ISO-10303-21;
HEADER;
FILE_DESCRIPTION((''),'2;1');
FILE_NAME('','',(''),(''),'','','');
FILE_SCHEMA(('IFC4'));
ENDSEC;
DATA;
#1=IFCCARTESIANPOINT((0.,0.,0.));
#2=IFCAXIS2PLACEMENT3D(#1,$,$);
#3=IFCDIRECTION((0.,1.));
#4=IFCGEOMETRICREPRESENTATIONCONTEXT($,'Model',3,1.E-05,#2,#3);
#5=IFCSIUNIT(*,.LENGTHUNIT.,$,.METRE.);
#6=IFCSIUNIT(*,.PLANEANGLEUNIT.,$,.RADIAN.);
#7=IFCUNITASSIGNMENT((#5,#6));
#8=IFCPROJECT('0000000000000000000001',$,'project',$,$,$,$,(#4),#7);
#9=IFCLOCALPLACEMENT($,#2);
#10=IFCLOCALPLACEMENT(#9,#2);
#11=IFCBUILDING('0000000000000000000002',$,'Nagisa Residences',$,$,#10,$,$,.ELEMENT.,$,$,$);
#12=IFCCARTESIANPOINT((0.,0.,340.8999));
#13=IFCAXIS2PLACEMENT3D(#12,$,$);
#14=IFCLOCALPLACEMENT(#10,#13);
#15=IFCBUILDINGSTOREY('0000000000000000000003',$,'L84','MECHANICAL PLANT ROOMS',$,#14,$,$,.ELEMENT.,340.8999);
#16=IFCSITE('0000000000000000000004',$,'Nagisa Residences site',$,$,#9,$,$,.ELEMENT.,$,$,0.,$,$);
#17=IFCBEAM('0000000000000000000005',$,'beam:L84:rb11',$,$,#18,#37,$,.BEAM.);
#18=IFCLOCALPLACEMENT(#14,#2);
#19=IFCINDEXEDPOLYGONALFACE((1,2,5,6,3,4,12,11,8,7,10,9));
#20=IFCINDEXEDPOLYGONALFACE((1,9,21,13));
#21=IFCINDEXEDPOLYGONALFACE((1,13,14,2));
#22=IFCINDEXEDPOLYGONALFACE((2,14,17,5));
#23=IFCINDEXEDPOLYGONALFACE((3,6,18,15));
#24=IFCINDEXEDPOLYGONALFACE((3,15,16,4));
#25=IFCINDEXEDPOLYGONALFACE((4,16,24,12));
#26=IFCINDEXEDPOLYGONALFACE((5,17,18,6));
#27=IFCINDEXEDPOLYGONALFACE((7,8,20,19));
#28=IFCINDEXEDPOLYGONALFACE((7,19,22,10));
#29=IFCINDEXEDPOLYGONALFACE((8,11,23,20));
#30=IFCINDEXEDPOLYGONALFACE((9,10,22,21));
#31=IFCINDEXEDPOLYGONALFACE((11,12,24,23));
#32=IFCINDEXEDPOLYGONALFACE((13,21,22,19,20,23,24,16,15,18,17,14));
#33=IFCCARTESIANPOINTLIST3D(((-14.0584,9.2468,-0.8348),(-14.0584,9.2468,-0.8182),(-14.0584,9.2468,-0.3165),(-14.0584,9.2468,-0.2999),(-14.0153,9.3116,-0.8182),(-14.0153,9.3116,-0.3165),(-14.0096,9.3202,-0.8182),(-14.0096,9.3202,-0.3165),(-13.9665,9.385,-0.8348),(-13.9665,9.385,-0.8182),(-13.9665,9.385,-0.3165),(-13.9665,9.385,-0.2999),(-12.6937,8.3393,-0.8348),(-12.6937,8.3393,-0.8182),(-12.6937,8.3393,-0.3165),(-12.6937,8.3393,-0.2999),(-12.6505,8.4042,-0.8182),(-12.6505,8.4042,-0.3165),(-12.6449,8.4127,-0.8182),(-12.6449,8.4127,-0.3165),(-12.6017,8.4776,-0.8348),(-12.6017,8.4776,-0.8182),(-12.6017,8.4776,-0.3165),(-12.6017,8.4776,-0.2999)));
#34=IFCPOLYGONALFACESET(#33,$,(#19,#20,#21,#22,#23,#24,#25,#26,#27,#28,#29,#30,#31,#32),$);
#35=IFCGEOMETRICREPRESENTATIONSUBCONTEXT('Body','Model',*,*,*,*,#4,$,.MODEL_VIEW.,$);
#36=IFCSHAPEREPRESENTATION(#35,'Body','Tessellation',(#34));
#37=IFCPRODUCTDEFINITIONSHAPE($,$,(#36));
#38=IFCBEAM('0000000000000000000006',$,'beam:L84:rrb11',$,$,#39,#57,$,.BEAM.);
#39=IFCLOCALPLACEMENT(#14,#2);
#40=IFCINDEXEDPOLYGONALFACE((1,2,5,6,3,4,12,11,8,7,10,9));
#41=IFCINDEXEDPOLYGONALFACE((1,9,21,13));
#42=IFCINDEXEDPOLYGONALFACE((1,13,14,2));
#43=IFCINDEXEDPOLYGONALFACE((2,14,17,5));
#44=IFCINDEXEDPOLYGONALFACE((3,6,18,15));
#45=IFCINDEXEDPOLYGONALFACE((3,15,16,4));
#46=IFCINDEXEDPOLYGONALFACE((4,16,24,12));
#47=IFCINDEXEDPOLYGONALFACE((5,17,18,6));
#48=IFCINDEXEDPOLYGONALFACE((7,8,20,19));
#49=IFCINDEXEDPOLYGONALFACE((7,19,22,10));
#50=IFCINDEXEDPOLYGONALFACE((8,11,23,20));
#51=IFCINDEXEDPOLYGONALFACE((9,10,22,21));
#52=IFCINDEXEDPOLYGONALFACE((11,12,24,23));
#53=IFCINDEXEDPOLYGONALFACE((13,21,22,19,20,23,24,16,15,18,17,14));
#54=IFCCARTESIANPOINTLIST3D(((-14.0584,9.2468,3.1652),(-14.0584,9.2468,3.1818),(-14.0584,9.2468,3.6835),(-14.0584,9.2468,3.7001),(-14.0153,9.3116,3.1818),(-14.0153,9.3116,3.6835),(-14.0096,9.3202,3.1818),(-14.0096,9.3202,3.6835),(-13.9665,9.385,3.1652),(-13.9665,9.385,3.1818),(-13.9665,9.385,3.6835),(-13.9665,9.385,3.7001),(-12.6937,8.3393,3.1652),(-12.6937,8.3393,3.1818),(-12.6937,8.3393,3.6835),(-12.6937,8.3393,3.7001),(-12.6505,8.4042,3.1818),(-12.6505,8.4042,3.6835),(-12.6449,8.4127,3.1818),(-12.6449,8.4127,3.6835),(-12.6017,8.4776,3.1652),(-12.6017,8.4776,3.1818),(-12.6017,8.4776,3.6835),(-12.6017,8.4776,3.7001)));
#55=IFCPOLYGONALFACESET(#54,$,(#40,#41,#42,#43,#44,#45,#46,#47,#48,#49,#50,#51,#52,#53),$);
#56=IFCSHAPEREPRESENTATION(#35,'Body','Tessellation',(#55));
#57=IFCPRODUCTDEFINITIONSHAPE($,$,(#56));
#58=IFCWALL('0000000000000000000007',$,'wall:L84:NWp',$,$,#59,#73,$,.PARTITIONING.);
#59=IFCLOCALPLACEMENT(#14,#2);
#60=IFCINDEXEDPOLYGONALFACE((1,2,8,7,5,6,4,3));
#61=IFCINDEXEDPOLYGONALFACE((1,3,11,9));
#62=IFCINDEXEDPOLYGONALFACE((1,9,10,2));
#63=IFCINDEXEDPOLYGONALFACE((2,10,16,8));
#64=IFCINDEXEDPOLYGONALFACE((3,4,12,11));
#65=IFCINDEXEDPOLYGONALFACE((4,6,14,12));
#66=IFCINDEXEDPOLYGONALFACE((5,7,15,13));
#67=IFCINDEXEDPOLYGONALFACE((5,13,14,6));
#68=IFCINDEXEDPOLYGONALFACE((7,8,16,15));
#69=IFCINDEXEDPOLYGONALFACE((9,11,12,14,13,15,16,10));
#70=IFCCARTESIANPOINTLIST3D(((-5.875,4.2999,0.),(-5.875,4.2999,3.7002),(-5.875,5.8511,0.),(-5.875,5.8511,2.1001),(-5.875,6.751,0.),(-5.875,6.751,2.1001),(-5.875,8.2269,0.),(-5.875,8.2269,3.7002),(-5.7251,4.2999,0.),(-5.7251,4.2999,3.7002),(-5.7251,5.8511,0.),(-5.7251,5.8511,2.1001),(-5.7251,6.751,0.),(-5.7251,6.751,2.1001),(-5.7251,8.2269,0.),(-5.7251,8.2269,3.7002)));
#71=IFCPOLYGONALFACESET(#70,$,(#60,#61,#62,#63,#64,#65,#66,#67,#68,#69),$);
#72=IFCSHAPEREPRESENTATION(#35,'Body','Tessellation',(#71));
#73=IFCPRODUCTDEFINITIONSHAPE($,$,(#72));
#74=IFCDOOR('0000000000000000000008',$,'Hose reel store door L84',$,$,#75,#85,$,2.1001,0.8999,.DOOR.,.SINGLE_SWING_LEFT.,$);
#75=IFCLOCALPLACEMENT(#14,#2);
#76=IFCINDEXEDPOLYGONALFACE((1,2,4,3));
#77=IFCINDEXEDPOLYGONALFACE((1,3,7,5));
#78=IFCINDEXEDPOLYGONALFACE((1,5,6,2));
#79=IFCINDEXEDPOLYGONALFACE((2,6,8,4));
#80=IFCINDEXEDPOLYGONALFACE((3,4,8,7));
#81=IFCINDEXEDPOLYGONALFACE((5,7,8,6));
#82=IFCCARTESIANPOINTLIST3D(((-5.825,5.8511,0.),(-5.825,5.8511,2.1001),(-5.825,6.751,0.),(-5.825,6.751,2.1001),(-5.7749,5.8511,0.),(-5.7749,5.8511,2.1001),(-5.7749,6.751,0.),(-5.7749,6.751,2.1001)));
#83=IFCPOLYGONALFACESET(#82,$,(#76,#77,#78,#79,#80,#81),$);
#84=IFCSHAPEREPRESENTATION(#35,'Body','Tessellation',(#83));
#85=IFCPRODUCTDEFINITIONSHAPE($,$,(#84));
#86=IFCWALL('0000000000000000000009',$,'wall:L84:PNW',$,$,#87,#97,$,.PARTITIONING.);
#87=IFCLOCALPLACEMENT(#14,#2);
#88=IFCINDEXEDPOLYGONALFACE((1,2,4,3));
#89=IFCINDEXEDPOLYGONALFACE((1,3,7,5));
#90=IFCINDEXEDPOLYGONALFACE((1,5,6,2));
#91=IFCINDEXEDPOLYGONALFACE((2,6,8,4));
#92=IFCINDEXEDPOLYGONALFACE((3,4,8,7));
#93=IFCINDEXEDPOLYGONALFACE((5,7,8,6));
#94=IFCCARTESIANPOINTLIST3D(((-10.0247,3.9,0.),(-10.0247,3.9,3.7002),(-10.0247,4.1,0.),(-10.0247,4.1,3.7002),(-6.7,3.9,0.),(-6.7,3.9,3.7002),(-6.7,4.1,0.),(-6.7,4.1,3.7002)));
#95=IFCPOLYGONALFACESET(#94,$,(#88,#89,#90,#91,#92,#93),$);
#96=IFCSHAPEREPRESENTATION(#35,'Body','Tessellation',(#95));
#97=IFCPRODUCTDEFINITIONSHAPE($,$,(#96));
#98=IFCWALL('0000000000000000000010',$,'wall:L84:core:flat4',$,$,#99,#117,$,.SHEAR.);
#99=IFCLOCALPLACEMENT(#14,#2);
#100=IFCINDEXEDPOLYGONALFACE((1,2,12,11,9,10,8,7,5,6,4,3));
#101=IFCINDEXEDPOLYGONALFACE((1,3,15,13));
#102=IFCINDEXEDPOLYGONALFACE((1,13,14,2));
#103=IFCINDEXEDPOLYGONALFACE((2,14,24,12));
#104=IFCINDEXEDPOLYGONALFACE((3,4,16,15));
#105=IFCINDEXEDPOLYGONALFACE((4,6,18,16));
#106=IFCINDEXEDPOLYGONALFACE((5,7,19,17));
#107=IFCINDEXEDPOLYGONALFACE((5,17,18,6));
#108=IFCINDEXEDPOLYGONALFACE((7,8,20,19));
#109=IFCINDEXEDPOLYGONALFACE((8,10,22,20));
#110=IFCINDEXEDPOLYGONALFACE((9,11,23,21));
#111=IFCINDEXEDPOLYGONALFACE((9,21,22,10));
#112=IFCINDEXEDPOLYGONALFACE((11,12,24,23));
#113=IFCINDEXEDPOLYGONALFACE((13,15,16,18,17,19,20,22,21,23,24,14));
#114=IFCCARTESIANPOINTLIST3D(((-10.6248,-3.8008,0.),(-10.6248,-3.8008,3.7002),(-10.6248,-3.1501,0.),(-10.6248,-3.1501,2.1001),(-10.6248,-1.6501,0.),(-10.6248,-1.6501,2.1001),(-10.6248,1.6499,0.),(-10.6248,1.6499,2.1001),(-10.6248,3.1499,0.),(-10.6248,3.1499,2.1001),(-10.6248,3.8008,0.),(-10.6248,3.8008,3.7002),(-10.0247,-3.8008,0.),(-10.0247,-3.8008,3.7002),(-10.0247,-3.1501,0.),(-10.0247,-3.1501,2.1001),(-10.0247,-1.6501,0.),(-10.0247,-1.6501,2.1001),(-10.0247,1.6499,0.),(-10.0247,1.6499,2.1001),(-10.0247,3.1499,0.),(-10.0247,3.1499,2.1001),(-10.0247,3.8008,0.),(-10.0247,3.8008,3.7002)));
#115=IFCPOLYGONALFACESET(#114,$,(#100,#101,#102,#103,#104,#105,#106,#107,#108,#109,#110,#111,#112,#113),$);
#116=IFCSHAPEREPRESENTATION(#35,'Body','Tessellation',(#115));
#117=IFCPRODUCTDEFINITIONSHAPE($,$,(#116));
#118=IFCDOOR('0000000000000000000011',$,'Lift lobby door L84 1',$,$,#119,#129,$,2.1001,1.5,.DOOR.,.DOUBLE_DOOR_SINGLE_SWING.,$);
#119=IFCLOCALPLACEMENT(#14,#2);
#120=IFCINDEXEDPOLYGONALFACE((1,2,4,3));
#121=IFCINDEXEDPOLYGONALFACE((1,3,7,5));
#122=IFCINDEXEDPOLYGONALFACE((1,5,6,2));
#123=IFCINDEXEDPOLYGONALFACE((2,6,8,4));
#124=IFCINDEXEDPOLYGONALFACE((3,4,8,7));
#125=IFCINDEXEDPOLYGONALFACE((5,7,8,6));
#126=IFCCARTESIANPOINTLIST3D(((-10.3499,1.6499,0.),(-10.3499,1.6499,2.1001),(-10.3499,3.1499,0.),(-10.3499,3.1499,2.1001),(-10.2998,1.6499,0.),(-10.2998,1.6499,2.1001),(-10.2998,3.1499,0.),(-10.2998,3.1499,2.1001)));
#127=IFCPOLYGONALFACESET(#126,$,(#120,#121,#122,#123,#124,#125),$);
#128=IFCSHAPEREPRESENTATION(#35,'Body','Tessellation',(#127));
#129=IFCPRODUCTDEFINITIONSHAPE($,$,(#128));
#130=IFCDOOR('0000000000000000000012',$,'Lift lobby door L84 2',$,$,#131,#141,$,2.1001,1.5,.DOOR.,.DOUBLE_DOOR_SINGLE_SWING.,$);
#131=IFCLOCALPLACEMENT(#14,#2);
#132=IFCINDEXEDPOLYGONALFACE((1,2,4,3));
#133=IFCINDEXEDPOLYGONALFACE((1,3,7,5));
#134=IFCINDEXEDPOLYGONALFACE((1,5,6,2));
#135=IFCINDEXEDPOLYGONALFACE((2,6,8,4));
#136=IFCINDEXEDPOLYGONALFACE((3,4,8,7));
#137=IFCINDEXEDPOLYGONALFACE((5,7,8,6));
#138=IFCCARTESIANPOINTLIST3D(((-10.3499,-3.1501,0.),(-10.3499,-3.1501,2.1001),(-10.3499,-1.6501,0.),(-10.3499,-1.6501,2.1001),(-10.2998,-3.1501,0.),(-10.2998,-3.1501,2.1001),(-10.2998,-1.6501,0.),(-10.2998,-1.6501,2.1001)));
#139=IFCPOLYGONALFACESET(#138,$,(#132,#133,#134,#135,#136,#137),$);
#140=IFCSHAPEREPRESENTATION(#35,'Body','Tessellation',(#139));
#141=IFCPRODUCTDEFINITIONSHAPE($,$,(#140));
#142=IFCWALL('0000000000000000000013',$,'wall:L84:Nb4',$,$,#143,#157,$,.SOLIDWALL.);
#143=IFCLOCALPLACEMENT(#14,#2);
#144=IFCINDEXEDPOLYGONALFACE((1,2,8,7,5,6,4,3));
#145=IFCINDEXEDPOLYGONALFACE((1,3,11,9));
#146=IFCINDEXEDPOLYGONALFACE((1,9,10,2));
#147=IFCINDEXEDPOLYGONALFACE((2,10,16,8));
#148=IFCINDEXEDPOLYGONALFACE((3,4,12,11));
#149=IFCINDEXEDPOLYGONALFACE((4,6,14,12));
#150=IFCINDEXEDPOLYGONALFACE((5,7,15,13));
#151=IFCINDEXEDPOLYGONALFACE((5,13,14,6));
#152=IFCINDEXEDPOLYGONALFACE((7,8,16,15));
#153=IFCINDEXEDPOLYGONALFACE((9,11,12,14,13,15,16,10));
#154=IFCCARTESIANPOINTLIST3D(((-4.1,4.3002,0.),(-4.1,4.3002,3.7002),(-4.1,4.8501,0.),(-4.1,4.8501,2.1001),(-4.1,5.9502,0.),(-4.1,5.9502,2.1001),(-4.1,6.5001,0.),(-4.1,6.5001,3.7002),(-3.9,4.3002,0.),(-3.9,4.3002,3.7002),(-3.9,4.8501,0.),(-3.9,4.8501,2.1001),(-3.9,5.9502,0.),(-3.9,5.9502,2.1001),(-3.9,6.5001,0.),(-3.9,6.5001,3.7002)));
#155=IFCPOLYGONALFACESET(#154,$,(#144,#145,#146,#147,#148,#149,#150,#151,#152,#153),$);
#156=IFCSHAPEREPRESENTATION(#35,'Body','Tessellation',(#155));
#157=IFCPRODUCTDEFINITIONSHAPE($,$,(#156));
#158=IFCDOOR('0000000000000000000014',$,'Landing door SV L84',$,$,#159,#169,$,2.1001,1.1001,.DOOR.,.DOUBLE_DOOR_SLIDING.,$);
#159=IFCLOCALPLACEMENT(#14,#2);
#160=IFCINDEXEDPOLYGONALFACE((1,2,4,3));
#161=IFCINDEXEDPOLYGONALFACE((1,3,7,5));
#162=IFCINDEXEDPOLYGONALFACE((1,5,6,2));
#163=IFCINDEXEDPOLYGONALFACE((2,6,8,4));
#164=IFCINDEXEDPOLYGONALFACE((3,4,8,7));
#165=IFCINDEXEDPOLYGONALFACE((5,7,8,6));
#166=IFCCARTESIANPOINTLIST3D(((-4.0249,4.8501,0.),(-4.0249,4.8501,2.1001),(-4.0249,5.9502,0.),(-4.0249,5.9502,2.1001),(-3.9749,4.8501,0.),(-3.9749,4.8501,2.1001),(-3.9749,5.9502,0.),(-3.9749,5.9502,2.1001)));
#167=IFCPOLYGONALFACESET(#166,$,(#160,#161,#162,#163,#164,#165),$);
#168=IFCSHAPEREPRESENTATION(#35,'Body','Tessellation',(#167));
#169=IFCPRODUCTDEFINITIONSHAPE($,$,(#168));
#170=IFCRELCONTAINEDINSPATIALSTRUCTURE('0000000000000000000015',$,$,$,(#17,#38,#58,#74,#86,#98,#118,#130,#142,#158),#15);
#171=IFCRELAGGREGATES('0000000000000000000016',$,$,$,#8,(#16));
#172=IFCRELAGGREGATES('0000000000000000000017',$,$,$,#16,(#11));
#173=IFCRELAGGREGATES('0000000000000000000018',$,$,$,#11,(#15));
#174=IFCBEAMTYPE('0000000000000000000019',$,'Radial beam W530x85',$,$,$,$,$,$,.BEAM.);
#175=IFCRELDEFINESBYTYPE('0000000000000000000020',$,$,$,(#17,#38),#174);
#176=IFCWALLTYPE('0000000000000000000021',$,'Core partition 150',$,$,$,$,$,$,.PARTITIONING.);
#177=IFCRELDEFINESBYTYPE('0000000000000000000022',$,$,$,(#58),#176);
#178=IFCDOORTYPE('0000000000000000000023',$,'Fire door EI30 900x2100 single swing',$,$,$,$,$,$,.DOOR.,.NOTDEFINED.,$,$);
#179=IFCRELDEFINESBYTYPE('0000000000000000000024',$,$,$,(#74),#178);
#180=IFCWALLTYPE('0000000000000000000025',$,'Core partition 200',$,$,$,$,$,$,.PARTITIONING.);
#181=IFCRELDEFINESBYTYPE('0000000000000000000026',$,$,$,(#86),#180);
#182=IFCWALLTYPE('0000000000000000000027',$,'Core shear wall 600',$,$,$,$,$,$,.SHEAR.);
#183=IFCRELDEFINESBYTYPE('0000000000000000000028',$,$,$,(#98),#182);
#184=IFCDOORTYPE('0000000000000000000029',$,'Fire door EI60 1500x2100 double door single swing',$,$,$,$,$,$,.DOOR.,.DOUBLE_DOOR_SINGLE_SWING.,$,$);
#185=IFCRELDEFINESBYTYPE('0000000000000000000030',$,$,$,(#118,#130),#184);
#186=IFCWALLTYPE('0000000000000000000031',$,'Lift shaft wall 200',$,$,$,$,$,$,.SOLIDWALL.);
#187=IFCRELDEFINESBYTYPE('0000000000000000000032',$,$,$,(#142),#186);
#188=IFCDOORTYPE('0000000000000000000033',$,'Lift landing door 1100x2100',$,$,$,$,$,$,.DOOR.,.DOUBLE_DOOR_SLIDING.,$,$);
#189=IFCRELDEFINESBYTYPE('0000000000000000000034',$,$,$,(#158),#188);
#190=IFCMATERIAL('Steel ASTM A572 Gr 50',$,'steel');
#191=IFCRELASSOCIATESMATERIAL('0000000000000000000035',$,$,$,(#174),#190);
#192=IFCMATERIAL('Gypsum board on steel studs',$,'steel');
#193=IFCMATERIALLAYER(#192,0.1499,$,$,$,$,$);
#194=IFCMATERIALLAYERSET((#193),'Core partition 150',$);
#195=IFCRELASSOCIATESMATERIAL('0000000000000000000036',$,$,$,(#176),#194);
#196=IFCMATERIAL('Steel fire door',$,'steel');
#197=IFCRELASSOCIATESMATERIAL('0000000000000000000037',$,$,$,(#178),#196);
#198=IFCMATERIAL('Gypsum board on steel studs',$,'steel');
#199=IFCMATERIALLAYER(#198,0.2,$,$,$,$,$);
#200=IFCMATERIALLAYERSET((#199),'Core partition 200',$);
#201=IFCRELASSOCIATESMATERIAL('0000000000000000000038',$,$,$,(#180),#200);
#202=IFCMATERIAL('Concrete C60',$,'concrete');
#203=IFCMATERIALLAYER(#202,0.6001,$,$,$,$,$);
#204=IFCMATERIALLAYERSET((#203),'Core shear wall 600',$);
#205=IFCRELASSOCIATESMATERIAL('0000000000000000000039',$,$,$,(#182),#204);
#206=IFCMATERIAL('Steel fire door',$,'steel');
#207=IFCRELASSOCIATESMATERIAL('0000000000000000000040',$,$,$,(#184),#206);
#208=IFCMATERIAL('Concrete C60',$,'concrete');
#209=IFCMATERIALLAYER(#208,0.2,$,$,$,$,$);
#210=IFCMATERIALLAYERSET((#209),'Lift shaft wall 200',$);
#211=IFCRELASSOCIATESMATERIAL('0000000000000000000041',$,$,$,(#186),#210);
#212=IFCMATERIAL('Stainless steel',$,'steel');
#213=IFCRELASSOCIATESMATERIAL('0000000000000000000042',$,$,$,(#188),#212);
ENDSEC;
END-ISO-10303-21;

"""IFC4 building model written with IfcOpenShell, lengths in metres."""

from ifc_helpers import new_model, si_unit, direction, frame, frame_2d, origin, origin_2d, place, context, subcontext, project, spatial, rectangle, i_section, extrude, material, layer, layer_set, material_profile, profile_set, type_object, element, fill, save


model = new_model("IFC4")

# Units and contexts
model_context = context("Model", 3, precision=1e-05, world=origin(), true_north=direction((0.0, 1.0)))
body_context = subcontext(model_context, "Body", "Model", "MODEL_VIEW")
ifc_project = project(units=[si_unit("LENGTHUNIT", "METRE"), si_unit("PLANEANGLEUNIT", "RADIAN")], contexts=[model_context])

# Site, building, storey
site_placement = place(None, origin())
site = spatial("IfcSite", under=ifc_project, at=site_placement, Name="Nagisa Residences site", CompositionType="ELEMENT", RefElevation=0.0)
building_placement = place(site_placement, origin())
building = spatial("IfcBuilding", under=site, at=building_placement, Name="Nagisa Residences", CompositionType="ELEMENT")
storey_placement = place(building_placement, frame((0.0, 0.0, 340.8999)))
storey = spatial("IfcBuildingStorey", under=building, at=storey_placement, Name="L84", Description="MECHANICAL PLANT ROOMS", CompositionType="ELEMENT", Elevation=340.8999)

# Beams
ifc_material_1 = material(Name="Steel ASTM A572 Gr 50", Category="steel")
ifc_material_profile = material_profile(ifc_material_1, i_section(OverallWidth=0.166, OverallDepth=0.5349, WebThickness=0.0103, FlangeThickness=0.0166, at=origin_2d()), Name="W530x85")
ifc_profile_set = profile_set([ifc_material_profile], Name="Steel ASTM A572 Gr 50")
beam_type = type_object("IfcBeamType", Name="Radial beam W530x85", PredefinedType="BEAM", material=ifc_profile_set)
for number, where, z_axis, x_axis, name in (
    (1, (-14.0125, 9.3159, -0.5674), (0.832714, -0.553703, 0.0), (0.553703, 0.832714, 0.0), "beam:L84:rb11"),
    (2, (-14.0125, 9.3159, 3.4326), (0.832714, -0.553703, 0.0), (0.553703, 0.832714, 0.0), "beam:L84:rrb11"),
):
    element("IfcBeam", number, at=place(storey_placement, frame(where, z_axis=z_axis, x_axis=x_axis)), inside=storey, type_object=beam_type, Name=name, PredefinedType="BEAM", context=body_context, shape_type="SweptSolid", body=[
        extrude(i_section(OverallWidth=0.166, OverallDepth=0.5349, WebThickness=0.0103, FlangeThickness=0.0166, at=origin_2d()), origin(), (0.0, 0.0, 1.0), 1.6389),
    ])

# Wall, opening, door
ifc_material_2 = material(Name="Gypsum board on steel studs", Category="steel")
ifc_layer_1 = layer(ifc_material_2, 0.1499)
ifc_layer_set_1 = layer_set([ifc_layer_1], Name="Core partition 150")
wall_type_1 = type_object("IfcWallType", Name="Core partition 150", PredefinedType="PARTITIONING", material=ifc_layer_set_1)
wall_1_placement = place(storey_placement, frame((-5.8, 4.3, 0.0), z_axis=(0.0, 0.0, 1.0), x_axis=(0.0, 1.0, 0.0)))
wall_1 = element("IfcWall", 3, at=wall_1_placement, inside=storey, type_object=wall_type_1, Name="wall:L84:NWp", PredefinedType="PARTITIONING", context=body_context, shape_type="SweptSolid", body=[
    extrude(rectangle(XDim=3.927, YDim=0.1499, at=frame_2d((1.9634, 0.0))), origin(), (0.0, 0.0, 1.0), 3.7002),
])
opening_1_placement = place(wall_1_placement, frame((1.551, 0.0, 0.0)))
opening_1 = element("IfcOpeningElement", 4, at=opening_1_placement, cuts=wall_1, PredefinedType="OPENING", context=body_context, shape_type="SweptSolid", body=[
    extrude(rectangle(XDim=0.8999, YDim=2.1001, at=frame_2d((0.45, 1.05))), frame((0.0, 0.085, 0.0), z_axis=(0.0, -1.0, 0.0), x_axis=(1.0, 0.0, 0.0)), (0.0, 0.0, 1.0), 0.1699),
])
ifc_material_3 = material(Name="Steel fire door", Category="steel")
door_type_1 = type_object("IfcDoorType", Name="Fire door EI30 900x2100 single swing", OperationType="NOTDEFINED", PredefinedType="DOOR", material=ifc_material_3)
door_1_placement = place(opening_1_placement, origin())
door_1 = element("IfcDoor", 5, at=door_1_placement, inside=storey, type_object=door_type_1, Name="Hose reel store door L84", OperationType="SINGLE_SWING_LEFT", OverallHeight=2.1001, OverallWidth=0.8999, PredefinedType="DOOR", context=body_context, shape_type="SweptSolid", body=[
    extrude(rectangle(XDim=0.8999, YDim=2.1001, at=frame_2d((0.45, 1.05))), frame((0.0, 0.0249, 0.0), z_axis=(0.0, -1.0, 0.0), x_axis=(1.0, 0.0, 0.0)), (0.0, 0.0, 1.0), 0.05),
])
fill(opening_1, door_1)

# Wall
ifc_material_4 = material(Name="Gypsum board on steel studs", Category="steel")
ifc_layer_2 = layer(ifc_material_4, 0.2)
ifc_layer_set_2 = layer_set([ifc_layer_2], Name="Core partition 200")
wall_type_2 = type_object("IfcWallType", Name="Core partition 200", PredefinedType="PARTITIONING", material=ifc_layer_set_2)
wall_2_placement = place(storey_placement, frame((-10.0247, 4.0, 0.0), z_axis=(0.0, 0.0, 1.0), x_axis=(1.0, 0.0, 0.0)))
element("IfcWall", 6, at=wall_2_placement, inside=storey, type_object=wall_type_2, Name="wall:L84:PNW", PredefinedType="PARTITIONING", context=body_context, shape_type="SweptSolid", body=[
    extrude(rectangle(XDim=3.3247, YDim=0.2, at=frame_2d((1.6624, 0.0))), origin(), (0.0, 0.0, 1.0), 3.7002),
])

# Wall, openings, doors
ifc_material_5 = material(Name="Concrete C60", Category="concrete")
ifc_layer_3 = layer(ifc_material_5, 0.6001)
ifc_layer_set_3 = layer_set([ifc_layer_3], Name="Core shear wall 600")
wall_type_3 = type_object("IfcWallType", Name="Core shear wall 600", PredefinedType="SHEAR", material=ifc_layer_set_3)
wall_3_placement = place(storey_placement, frame((-10.3247, 3.8008, 0.0), z_axis=(0.0, 0.0, 1.0), x_axis=(0.0, -1.0, 0.0)))
wall_3 = element("IfcWall", 7, at=wall_3_placement, inside=storey, type_object=wall_type_3, Name="wall:L84:core:flat4", PredefinedType="SHEAR", context=body_context, shape_type="SweptSolid", body=[
    extrude(rectangle(XDim=7.6016, YDim=0.6001, at=frame_2d((3.8008, 0.0))), origin(), (0.0, 0.0, 1.0), 3.7002),
])
opening_2_placement = place(wall_3_placement, frame((0.6509, 0.0, 0.0)))
opening_2 = element("IfcOpeningElement", 8, at=opening_2_placement, cuts=wall_3, PredefinedType="OPENING", context=body_context, shape_type="SweptSolid", body=[
    extrude(rectangle(XDim=1.5, YDim=2.1001, at=frame_2d((0.75, 1.05))), frame((0.0, 0.3101, 0.0), z_axis=(0.0, -1.0, 0.0), x_axis=(1.0, 0.0, 0.0)), (0.0, 0.0, 1.0), 0.6201),
])
opening_3_placement = place(wall_3_placement, frame((5.4509, 0.0, 0.0)))
opening_3 = element("IfcOpeningElement", 9, at=opening_3_placement, cuts=wall_3, PredefinedType="OPENING", context=body_context, shape_type="SweptSolid", body=[
    extrude(rectangle(XDim=1.5, YDim=2.1001, at=frame_2d((0.75, 1.05))), frame((0.0, 0.3101, 0.0), z_axis=(0.0, -1.0, 0.0), x_axis=(1.0, 0.0, 0.0)), (0.0, 0.0, 1.0), 0.6201),
])
ifc_material_6 = material(Name="Steel fire door", Category="steel")
door_type_2 = type_object("IfcDoorType", Name="Fire door EI60 1500x2100 double door single swing", OperationType="DOUBLE_DOOR_SINGLE_SWING", PredefinedType="DOOR", material=ifc_material_6)
door_2_placement = place(opening_2_placement, origin())
door_2 = element("IfcDoor", 10, at=door_2_placement, inside=storey, type_object=door_type_2, Name="Lift lobby door L84 1", OperationType="DOUBLE_DOOR_SINGLE_SWING", OverallHeight=2.1001, OverallWidth=1.5, PredefinedType="DOOR", context=body_context, shape_type="SweptSolid", body=[
    extrude(rectangle(XDim=1.5, YDim=2.1001, at=frame_2d((0.75, 1.05))), frame((0.0, 0.0249, 0.0), z_axis=(0.0, -1.0, 0.0), x_axis=(1.0, 0.0, 0.0)), (0.0, 0.0, 1.0), 0.05),
])
fill(opening_2, door_2)
door_3_placement = place(opening_3_placement, origin())
door_3 = element("IfcDoor", 11, at=door_3_placement, inside=storey, type_object=door_type_2, Name="Lift lobby door L84 2", OperationType="DOUBLE_DOOR_SINGLE_SWING", OverallHeight=2.1001, OverallWidth=1.5, PredefinedType="DOOR", context=body_context, shape_type="SweptSolid", body=[
    extrude(rectangle(XDim=1.5, YDim=2.1001, at=frame_2d((0.75, 1.05))), frame((0.0, 0.0249, 0.0), z_axis=(0.0, -1.0, 0.0), x_axis=(1.0, 0.0, 0.0)), (0.0, 0.0, 1.0), 0.05),
])
fill(opening_3, door_3)

# Wall, opening, door
ifc_material_7 = material(Name="Concrete C60", Category="concrete")
ifc_layer_4 = layer(ifc_material_7, 0.2)
ifc_layer_set_4 = layer_set([ifc_layer_4], Name="Lift shaft wall 200")
wall_type_4 = type_object("IfcWallType", Name="Lift shaft wall 200", PredefinedType="SOLIDWALL", material=ifc_layer_set_4)
wall_4_placement = place(storey_placement, frame((-4.0, 4.3, 0.0), z_axis=(0.0, 0.0, 1.0), x_axis=(0.0, 1.0, 0.0)))
wall_4 = element("IfcWall", 12, at=wall_4_placement, inside=storey, type_object=wall_type_4, Name="wall:L84:Nb4", PredefinedType="SOLIDWALL", context=body_context, shape_type="SweptSolid", body=[
    extrude(rectangle(XDim=2.2, YDim=0.2, at=frame_2d((1.1001, 0.0))), origin(), (0.0, 0.0, 1.0), 3.7002),
])
opening_4_placement = place(wall_4_placement, frame((0.55, 0.0, 0.0)))
opening_4 = element("IfcOpeningElement", 13, at=opening_4_placement, cuts=wall_4, PredefinedType="OPENING", context=body_context, shape_type="SweptSolid", body=[
    extrude(rectangle(XDim=1.1001, YDim=2.1001, at=frame_2d((0.55, 1.05))), frame((0.0, 0.1099, 0.0), z_axis=(0.0, -1.0, 0.0), x_axis=(1.0, 0.0, 0.0)), (0.0, 0.0, 1.0), 0.22),
])
ifc_material_8 = material(Name="Stainless steel", Category="steel")
door_type_3 = type_object("IfcDoorType", Name="Lift landing door 1100x2100", OperationType="DOUBLE_DOOR_SLIDING", PredefinedType="DOOR", material=ifc_material_8)
door_4_placement = place(opening_4_placement, origin())
door_4 = element("IfcDoor", 14, at=door_4_placement, inside=storey, type_object=door_type_3, Name="Landing door SV L84", OperationType="DOUBLE_DOOR_SLIDING", OverallHeight=2.1001, OverallWidth=1.1001, PredefinedType="DOOR", context=body_context, shape_type="SweptSolid", body=[
    extrude(rectangle(XDim=1.1001, YDim=2.1001, at=frame_2d((0.55, 1.05))), frame((0.0, 0.0249, 0.0), z_axis=(0.0, -1.0, 0.0), x_axis=(1.0, 0.0, 0.0)), (0.0, 0.0, 1.0), 0.05),
])
fill(opening_4, door_4)

save(model, "model.ifc")
